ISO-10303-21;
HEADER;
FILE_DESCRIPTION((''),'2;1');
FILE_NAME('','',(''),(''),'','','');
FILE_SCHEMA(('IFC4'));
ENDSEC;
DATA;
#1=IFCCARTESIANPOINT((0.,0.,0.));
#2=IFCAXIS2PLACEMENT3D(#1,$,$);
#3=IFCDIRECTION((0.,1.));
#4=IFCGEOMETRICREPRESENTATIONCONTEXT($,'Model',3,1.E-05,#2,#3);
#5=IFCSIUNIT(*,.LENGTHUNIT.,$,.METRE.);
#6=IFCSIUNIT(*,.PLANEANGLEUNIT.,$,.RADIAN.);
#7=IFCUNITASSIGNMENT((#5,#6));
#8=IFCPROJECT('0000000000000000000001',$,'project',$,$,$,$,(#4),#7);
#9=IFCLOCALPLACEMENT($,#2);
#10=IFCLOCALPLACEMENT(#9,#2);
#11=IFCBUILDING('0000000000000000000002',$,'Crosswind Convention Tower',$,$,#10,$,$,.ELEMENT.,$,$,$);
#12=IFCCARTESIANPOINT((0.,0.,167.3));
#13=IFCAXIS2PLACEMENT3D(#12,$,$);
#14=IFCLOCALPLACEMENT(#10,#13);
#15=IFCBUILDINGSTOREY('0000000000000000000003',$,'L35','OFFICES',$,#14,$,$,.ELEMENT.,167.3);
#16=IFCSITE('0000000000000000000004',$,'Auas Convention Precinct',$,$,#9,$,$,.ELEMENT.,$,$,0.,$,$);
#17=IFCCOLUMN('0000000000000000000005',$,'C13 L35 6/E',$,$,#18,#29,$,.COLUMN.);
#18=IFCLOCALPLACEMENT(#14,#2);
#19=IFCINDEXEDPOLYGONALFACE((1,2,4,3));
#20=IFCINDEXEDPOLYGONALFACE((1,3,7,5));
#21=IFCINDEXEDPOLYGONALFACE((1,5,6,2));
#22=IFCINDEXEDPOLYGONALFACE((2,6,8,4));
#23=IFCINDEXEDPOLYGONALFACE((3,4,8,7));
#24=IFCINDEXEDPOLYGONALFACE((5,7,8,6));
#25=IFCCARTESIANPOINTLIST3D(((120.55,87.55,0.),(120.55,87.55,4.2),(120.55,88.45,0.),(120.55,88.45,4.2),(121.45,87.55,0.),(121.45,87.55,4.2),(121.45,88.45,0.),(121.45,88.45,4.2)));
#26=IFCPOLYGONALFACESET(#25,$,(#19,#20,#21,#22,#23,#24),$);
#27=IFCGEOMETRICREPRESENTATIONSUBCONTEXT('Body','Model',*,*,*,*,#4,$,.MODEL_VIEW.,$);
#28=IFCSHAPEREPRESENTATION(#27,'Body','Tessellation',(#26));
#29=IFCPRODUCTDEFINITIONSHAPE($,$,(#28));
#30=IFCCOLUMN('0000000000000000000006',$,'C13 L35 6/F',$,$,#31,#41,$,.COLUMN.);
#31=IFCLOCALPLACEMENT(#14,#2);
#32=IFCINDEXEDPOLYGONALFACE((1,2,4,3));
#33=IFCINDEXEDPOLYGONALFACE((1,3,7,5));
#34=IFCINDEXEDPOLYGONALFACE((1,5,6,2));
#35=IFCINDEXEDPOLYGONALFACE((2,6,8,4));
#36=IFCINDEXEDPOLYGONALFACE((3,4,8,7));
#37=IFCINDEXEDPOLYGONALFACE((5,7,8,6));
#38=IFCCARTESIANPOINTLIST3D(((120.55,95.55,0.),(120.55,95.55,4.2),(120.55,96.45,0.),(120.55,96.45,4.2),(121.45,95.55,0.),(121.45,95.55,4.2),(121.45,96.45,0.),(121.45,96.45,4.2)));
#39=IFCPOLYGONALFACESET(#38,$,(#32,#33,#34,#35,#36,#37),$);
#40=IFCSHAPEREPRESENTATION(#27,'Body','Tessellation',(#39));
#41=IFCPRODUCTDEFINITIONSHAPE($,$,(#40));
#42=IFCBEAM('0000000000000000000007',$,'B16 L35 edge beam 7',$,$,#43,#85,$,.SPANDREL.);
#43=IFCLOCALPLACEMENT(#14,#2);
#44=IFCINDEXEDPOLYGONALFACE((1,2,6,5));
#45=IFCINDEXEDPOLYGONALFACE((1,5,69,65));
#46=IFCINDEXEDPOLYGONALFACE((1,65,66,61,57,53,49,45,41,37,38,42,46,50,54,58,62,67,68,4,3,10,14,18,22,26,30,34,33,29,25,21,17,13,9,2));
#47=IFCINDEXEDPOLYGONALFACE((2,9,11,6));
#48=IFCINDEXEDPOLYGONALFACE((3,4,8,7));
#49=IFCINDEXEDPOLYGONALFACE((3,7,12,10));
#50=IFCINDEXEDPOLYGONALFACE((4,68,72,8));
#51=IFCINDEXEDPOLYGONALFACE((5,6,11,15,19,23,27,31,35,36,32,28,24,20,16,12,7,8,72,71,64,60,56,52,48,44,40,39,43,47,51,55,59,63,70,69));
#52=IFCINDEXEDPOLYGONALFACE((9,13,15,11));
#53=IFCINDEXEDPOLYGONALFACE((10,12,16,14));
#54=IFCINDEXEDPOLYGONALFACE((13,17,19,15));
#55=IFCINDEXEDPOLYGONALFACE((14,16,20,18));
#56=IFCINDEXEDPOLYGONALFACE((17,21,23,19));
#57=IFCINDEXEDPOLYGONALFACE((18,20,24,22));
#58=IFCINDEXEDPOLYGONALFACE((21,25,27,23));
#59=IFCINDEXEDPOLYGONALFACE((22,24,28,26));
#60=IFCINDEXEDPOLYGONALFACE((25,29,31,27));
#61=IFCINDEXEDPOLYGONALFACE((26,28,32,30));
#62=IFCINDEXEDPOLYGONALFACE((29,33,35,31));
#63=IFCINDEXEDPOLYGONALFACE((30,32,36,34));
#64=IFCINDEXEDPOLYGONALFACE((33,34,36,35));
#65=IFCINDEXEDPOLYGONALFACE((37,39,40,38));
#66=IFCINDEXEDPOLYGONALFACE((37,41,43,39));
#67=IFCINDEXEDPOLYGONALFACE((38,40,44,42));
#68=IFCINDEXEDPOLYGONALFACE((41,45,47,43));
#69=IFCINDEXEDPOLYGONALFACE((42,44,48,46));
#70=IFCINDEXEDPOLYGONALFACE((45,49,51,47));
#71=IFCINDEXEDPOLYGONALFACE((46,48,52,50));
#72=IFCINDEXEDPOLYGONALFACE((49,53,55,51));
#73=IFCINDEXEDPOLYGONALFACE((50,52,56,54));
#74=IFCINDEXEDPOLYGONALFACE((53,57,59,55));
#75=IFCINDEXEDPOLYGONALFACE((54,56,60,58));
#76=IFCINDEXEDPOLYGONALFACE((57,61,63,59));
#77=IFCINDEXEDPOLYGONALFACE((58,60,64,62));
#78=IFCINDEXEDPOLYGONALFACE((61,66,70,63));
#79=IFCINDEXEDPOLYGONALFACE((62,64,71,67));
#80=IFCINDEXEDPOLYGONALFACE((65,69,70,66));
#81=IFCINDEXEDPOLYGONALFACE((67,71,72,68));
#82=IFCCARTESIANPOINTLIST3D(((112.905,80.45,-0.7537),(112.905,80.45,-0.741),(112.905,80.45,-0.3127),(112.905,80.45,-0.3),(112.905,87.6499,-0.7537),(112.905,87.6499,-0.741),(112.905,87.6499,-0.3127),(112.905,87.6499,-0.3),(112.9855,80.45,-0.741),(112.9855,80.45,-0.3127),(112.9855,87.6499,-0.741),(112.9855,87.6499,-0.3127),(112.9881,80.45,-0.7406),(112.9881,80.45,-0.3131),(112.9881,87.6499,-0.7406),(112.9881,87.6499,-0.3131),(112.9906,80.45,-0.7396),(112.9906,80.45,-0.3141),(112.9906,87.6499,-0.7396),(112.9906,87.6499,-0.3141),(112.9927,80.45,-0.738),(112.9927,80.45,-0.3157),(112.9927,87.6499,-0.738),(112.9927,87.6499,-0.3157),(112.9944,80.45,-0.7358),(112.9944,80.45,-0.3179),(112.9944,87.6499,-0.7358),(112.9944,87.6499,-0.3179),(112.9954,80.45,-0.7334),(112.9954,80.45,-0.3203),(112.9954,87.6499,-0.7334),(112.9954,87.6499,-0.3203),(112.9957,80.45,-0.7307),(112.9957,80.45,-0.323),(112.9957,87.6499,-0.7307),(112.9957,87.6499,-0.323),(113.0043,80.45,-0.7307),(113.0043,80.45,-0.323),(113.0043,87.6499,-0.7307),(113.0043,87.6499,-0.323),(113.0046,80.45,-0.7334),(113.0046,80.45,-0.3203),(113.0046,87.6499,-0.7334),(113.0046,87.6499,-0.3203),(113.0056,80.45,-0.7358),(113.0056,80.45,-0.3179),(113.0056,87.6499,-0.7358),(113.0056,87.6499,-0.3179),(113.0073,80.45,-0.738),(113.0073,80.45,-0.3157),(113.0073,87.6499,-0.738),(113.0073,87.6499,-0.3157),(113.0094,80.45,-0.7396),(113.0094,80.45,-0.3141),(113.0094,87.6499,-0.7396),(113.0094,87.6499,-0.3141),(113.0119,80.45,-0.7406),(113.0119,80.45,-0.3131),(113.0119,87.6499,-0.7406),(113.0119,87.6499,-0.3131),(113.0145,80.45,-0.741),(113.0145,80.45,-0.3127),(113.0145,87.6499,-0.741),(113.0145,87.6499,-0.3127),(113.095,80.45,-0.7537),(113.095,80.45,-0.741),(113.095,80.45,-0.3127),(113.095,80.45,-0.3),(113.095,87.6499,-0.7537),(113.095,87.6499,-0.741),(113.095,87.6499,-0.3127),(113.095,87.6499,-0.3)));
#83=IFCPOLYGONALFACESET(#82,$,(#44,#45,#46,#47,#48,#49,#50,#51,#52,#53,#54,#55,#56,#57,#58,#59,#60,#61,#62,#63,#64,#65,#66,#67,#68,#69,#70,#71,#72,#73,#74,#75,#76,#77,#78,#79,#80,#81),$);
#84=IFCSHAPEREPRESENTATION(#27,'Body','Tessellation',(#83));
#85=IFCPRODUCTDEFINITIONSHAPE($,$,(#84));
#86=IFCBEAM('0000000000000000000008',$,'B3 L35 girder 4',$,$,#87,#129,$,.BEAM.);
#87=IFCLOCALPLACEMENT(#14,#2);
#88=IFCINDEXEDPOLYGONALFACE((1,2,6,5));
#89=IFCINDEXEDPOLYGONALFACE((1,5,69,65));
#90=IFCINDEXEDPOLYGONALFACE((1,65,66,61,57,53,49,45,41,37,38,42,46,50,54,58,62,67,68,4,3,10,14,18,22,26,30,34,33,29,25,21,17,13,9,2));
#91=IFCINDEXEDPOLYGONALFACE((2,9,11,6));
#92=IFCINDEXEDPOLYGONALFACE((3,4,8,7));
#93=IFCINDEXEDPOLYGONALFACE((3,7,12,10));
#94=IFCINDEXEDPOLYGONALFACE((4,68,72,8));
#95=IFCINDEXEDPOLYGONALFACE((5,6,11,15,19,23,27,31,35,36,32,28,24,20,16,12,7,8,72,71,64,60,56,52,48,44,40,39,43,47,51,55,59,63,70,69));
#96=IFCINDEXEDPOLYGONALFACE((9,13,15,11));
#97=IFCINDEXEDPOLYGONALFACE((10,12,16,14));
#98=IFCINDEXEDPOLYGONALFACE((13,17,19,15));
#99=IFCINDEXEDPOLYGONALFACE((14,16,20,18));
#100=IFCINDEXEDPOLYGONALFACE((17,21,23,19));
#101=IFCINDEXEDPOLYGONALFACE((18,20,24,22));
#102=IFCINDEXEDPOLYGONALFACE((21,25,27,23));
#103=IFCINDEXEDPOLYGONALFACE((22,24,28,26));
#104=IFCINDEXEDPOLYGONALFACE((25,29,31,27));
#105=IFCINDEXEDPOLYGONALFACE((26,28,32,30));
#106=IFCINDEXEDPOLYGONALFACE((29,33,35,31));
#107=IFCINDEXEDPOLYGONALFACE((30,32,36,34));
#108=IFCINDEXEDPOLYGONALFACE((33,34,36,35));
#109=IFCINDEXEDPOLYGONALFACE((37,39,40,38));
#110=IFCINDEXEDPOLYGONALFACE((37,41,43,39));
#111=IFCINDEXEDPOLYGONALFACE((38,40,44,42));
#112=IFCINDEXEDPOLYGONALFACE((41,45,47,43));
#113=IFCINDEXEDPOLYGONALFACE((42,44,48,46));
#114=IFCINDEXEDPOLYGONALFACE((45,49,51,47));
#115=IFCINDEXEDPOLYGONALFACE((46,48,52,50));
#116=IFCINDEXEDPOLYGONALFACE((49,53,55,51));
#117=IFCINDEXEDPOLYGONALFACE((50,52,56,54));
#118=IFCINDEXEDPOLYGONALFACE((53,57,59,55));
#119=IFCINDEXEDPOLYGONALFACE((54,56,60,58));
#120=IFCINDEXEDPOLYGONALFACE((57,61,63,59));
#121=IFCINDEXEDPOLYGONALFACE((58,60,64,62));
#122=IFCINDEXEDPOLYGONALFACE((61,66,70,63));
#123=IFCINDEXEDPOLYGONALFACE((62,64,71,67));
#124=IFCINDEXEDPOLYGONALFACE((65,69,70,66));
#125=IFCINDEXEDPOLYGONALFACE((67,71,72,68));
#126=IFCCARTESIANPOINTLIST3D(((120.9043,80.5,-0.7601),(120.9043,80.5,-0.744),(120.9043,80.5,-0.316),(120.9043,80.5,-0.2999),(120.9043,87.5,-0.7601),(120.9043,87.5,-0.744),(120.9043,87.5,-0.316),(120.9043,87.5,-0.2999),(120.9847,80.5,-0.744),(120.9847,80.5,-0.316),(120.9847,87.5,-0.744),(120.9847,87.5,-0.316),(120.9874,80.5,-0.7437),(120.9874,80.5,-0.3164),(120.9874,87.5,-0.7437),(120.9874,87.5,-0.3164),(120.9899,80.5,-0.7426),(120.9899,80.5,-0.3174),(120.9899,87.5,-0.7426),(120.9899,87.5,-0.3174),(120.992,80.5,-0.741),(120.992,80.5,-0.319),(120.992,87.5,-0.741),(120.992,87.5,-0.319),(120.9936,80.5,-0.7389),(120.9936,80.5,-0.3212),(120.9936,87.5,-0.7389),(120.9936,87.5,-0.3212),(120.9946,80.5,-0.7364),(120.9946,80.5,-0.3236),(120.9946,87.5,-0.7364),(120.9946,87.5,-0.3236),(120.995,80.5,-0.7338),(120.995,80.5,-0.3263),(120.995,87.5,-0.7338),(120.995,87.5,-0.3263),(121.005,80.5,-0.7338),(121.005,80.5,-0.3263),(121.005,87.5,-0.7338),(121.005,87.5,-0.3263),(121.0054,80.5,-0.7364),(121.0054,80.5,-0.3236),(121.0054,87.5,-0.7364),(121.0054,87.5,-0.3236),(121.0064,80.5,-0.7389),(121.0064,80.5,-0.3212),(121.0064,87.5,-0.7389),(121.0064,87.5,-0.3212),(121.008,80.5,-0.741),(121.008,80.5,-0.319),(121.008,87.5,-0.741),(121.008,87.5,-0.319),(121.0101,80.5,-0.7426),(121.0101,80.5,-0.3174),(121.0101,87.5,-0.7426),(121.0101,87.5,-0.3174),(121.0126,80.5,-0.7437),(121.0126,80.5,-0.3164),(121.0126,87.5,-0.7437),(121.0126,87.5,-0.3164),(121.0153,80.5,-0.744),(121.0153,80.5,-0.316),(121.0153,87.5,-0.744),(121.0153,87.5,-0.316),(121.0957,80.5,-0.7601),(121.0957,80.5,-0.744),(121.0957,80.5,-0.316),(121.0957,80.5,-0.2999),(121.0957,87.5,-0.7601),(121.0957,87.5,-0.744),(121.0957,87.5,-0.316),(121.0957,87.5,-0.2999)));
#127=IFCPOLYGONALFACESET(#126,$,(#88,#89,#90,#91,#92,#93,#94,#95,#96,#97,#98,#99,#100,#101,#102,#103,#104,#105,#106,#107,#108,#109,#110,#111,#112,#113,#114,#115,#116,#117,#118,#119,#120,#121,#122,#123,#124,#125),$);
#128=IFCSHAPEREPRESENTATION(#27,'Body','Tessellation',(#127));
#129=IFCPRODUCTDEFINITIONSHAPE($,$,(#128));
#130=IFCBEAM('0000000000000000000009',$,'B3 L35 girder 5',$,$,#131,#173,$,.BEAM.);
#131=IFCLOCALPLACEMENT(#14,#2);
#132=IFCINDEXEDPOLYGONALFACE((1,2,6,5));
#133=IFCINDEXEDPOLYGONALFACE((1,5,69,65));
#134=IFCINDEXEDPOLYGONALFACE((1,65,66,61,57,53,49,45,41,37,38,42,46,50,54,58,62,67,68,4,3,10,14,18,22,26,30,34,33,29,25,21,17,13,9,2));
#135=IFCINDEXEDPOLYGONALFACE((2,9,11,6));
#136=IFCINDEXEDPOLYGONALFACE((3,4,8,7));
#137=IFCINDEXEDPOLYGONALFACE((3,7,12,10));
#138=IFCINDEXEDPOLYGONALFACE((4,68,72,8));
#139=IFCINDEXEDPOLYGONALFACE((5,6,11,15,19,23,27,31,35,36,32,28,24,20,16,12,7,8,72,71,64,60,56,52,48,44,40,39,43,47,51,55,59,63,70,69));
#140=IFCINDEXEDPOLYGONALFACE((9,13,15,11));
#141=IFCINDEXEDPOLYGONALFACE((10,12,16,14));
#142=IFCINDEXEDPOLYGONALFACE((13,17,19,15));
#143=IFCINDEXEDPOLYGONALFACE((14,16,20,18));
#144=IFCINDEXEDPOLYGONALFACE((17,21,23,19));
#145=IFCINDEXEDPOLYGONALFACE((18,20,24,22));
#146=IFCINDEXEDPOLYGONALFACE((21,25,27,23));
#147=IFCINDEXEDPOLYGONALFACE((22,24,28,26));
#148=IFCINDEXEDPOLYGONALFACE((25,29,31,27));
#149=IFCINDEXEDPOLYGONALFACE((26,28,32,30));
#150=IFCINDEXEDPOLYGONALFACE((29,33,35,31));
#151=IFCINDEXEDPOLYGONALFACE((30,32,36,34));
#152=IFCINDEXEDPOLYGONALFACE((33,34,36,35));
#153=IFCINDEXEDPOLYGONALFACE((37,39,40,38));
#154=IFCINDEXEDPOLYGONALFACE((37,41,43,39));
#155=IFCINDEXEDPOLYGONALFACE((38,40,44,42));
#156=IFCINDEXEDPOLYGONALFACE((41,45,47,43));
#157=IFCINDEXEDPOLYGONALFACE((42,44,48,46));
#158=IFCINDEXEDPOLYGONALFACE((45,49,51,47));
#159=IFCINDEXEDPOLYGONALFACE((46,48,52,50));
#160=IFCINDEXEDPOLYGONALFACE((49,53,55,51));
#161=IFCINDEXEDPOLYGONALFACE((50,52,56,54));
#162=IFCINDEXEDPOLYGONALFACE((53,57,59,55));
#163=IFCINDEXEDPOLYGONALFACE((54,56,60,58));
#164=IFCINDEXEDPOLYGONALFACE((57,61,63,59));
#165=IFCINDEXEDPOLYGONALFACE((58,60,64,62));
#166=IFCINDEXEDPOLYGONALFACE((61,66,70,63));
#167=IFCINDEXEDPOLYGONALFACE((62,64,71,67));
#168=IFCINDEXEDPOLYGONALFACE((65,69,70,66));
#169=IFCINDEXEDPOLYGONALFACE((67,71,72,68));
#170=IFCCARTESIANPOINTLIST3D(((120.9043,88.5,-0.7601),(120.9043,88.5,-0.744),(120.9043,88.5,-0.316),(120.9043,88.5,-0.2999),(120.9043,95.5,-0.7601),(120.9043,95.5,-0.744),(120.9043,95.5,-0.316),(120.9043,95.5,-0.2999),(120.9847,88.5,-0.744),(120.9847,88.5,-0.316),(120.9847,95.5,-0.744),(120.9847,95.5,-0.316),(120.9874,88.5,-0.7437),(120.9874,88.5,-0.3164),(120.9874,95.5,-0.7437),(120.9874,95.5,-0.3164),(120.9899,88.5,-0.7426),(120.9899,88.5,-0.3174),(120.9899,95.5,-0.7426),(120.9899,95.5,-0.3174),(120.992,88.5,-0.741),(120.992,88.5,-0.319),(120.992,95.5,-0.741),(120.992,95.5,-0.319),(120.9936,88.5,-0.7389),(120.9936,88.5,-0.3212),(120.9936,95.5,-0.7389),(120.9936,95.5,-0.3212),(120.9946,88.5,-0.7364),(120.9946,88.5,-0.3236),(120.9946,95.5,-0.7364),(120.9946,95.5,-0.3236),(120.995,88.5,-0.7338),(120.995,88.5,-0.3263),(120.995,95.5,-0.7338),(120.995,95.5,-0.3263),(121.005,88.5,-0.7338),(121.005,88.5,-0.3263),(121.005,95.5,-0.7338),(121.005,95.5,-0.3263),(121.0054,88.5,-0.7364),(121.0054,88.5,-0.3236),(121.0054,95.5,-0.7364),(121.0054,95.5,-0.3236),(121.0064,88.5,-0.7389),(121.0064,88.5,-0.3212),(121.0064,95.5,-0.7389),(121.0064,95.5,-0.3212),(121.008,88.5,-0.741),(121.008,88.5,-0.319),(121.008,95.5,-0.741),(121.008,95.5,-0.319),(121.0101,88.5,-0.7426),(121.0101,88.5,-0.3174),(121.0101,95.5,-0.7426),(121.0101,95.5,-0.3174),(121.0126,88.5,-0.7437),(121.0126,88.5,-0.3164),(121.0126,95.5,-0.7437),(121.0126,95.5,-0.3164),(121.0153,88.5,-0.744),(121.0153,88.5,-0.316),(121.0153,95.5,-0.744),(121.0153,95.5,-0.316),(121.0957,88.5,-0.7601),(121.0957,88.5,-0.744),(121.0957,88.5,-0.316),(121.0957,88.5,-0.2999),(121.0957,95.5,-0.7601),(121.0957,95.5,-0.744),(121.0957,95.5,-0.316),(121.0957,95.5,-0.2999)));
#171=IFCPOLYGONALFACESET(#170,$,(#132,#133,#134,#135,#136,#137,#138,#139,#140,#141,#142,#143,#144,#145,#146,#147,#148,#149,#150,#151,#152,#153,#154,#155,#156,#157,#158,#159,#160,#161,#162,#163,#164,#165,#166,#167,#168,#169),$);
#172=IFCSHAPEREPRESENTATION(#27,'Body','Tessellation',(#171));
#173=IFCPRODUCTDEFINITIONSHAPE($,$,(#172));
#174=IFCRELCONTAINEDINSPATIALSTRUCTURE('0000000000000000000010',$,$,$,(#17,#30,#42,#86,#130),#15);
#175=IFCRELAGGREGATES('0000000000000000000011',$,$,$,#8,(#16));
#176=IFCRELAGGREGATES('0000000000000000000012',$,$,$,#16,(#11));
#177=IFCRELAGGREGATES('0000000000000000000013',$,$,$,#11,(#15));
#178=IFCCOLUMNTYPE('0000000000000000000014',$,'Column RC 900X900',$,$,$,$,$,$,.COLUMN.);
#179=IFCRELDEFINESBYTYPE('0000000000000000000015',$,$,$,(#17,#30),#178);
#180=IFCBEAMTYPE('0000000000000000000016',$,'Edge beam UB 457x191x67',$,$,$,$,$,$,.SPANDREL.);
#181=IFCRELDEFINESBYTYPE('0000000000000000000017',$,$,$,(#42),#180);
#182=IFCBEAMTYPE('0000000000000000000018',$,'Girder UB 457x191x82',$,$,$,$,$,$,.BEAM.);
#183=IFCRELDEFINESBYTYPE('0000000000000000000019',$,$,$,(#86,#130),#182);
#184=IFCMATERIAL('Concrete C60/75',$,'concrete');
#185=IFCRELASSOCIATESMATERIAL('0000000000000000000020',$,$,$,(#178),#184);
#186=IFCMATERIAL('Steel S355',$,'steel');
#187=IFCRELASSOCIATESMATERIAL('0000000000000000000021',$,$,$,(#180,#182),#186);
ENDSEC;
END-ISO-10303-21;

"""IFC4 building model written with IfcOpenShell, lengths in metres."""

from ifc_helpers import new_model, si_unit, direction, frame, origin, origin_2d, place, context, subcontext, project, spatial, rectangle, i_section, extrude, material, material_profile, profile_set, type_object, element, save


model = new_model("IFC4")

# Units and contexts
model_context = context("Model", 3, precision=1e-05, world=origin(), true_north=direction((0.0, 1.0)))
body_context = subcontext(model_context, "Body", "Model", "MODEL_VIEW")
ifc_project = project(units=[si_unit("LENGTHUNIT", "METRE"), si_unit("PLANEANGLEUNIT", "RADIAN")], contexts=[model_context])

# Site, building, storey
site_placement = place(None, origin())
site = spatial("IfcSite", under=ifc_project, at=site_placement, Name="Auas Convention Precinct", CompositionType="ELEMENT", RefElevation=0.0)
building_placement = place(site_placement, origin())
building = spatial("IfcBuilding", under=site, at=building_placement, Name="Crosswind Convention Tower", CompositionType="ELEMENT")
storey_placement = place(building_placement, frame((0.0, 0.0, 167.3)))
storey = spatial("IfcBuildingStorey", under=building, at=storey_placement, Name="L35", Description="OFFICES", CompositionType="ELEMENT", Elevation=167.3)

# Columns
ifc_material_1 = material(Name="Concrete C60/75", Category="concrete")
ifc_material_profile_1 = material_profile(ifc_material_1, rectangle(XDim=0.8999, YDim=0.8999, at=origin_2d()), Name="RC 900X900")
ifc_profile_set_1 = profile_set([ifc_material_profile_1], Name="Concrete C60/75")
column_type = type_object("IfcColumnType", Name="Column RC 900X900", PredefinedType="COLUMN", material=ifc_profile_set_1)
for number, where, z_axis, x_axis, name in (
    (1, (121.0, 88.0, 0.0), (0.0, 0.0, 1.0), (1.0, 0.0, 0.0), "C13 L35 6/E"),
    (2, (121.0, 96.0, 0.0), (0.0, 0.0, 1.0), (1.0, 0.0, 0.0), "C13 L35 6/F"),
):
    element("IfcColumn", number, at=place(storey_placement, frame(where, z_axis=z_axis, x_axis=x_axis)), inside=storey, type_object=column_type, Name=name, PredefinedType="COLUMN", context=body_context, shape_type="SweptSolid", body=[
        extrude(rectangle(XDim=0.8999, YDim=0.8999, at=origin_2d()), origin(), (0.0, 0.0, 1.0), 4.2),
    ])

# Beams
ifc_material_2 = material(Name="Steel S355", Category="steel")
ifc_material_profile_2 = material_profile(ifc_material_2, i_section(OverallWidth=0.1899, OverallDepth=0.4536, WebThickness=0.0085, FlangeThickness=0.0127, FilletRadius=0.0103, at=origin_2d()), Name="UB 457x191x67")
ifc_profile_set_2 = profile_set([ifc_material_profile_2], Name="Steel S355")
beam_type_1 = type_object("IfcBeamType", Name="Edge beam UB 457x191x67", PredefinedType="SPANDREL", material=ifc_profile_set_2)
beam_1_placement = place(storey_placement, frame((113.0, 80.45, -0.5269), z_axis=(0.0, 1.0, 0.0), x_axis=(-1.0, 0.0, 0.0)))
element("IfcBeam", 3, at=beam_1_placement, inside=storey, type_object=beam_type_1, Name="B16 L35 edge beam 7", PredefinedType="SPANDREL", context=body_context, shape_type="SweptSolid", body=[
    extrude(i_section(OverallWidth=0.1899, OverallDepth=0.4536, WebThickness=0.0085, FlangeThickness=0.0127, FilletRadius=0.0103, at=origin_2d()), origin(), (0.0, 0.0, 1.0), 7.2),
])
ifc_material_profile_3 = material_profile(ifc_material_2, i_section(OverallWidth=0.1914, OverallDepth=0.4602, WebThickness=0.01, FlangeThickness=0.0161, FilletRadius=0.0103, at=origin_2d()), Name="UB 457x191x82")
ifc_profile_set_3 = profile_set([ifc_material_profile_3], Name="Steel S355")
beam_type_2 = type_object("IfcBeamType", Name="Girder UB 457x191x82", PredefinedType="BEAM", material=ifc_profile_set_3)
for number, where, z_axis, x_axis, name in (
    (4, (121.0, 80.5, -0.53), (0.0, 1.0, 0.0), (-1.0, 0.0, 0.0), "B3 L35 girder 4"),
    (5, (121.0, 88.5, -0.53), (0.0, 1.0, 0.0), (-1.0, 0.0, 0.0), "B3 L35 girder 5"),
):
    element("IfcBeam", number, at=place(storey_placement, frame(where, z_axis=z_axis, x_axis=x_axis)), inside=storey, type_object=beam_type_2, Name=name, PredefinedType="BEAM", context=body_context, shape_type="SweptSolid", body=[
        extrude(i_section(OverallWidth=0.1914, OverallDepth=0.4602, WebThickness=0.01, FlangeThickness=0.0161, FilletRadius=0.0103, at=origin_2d()), origin(), (0.0, 0.0, 1.0), 7.0),
    ])

save(model, "model.ifc")
